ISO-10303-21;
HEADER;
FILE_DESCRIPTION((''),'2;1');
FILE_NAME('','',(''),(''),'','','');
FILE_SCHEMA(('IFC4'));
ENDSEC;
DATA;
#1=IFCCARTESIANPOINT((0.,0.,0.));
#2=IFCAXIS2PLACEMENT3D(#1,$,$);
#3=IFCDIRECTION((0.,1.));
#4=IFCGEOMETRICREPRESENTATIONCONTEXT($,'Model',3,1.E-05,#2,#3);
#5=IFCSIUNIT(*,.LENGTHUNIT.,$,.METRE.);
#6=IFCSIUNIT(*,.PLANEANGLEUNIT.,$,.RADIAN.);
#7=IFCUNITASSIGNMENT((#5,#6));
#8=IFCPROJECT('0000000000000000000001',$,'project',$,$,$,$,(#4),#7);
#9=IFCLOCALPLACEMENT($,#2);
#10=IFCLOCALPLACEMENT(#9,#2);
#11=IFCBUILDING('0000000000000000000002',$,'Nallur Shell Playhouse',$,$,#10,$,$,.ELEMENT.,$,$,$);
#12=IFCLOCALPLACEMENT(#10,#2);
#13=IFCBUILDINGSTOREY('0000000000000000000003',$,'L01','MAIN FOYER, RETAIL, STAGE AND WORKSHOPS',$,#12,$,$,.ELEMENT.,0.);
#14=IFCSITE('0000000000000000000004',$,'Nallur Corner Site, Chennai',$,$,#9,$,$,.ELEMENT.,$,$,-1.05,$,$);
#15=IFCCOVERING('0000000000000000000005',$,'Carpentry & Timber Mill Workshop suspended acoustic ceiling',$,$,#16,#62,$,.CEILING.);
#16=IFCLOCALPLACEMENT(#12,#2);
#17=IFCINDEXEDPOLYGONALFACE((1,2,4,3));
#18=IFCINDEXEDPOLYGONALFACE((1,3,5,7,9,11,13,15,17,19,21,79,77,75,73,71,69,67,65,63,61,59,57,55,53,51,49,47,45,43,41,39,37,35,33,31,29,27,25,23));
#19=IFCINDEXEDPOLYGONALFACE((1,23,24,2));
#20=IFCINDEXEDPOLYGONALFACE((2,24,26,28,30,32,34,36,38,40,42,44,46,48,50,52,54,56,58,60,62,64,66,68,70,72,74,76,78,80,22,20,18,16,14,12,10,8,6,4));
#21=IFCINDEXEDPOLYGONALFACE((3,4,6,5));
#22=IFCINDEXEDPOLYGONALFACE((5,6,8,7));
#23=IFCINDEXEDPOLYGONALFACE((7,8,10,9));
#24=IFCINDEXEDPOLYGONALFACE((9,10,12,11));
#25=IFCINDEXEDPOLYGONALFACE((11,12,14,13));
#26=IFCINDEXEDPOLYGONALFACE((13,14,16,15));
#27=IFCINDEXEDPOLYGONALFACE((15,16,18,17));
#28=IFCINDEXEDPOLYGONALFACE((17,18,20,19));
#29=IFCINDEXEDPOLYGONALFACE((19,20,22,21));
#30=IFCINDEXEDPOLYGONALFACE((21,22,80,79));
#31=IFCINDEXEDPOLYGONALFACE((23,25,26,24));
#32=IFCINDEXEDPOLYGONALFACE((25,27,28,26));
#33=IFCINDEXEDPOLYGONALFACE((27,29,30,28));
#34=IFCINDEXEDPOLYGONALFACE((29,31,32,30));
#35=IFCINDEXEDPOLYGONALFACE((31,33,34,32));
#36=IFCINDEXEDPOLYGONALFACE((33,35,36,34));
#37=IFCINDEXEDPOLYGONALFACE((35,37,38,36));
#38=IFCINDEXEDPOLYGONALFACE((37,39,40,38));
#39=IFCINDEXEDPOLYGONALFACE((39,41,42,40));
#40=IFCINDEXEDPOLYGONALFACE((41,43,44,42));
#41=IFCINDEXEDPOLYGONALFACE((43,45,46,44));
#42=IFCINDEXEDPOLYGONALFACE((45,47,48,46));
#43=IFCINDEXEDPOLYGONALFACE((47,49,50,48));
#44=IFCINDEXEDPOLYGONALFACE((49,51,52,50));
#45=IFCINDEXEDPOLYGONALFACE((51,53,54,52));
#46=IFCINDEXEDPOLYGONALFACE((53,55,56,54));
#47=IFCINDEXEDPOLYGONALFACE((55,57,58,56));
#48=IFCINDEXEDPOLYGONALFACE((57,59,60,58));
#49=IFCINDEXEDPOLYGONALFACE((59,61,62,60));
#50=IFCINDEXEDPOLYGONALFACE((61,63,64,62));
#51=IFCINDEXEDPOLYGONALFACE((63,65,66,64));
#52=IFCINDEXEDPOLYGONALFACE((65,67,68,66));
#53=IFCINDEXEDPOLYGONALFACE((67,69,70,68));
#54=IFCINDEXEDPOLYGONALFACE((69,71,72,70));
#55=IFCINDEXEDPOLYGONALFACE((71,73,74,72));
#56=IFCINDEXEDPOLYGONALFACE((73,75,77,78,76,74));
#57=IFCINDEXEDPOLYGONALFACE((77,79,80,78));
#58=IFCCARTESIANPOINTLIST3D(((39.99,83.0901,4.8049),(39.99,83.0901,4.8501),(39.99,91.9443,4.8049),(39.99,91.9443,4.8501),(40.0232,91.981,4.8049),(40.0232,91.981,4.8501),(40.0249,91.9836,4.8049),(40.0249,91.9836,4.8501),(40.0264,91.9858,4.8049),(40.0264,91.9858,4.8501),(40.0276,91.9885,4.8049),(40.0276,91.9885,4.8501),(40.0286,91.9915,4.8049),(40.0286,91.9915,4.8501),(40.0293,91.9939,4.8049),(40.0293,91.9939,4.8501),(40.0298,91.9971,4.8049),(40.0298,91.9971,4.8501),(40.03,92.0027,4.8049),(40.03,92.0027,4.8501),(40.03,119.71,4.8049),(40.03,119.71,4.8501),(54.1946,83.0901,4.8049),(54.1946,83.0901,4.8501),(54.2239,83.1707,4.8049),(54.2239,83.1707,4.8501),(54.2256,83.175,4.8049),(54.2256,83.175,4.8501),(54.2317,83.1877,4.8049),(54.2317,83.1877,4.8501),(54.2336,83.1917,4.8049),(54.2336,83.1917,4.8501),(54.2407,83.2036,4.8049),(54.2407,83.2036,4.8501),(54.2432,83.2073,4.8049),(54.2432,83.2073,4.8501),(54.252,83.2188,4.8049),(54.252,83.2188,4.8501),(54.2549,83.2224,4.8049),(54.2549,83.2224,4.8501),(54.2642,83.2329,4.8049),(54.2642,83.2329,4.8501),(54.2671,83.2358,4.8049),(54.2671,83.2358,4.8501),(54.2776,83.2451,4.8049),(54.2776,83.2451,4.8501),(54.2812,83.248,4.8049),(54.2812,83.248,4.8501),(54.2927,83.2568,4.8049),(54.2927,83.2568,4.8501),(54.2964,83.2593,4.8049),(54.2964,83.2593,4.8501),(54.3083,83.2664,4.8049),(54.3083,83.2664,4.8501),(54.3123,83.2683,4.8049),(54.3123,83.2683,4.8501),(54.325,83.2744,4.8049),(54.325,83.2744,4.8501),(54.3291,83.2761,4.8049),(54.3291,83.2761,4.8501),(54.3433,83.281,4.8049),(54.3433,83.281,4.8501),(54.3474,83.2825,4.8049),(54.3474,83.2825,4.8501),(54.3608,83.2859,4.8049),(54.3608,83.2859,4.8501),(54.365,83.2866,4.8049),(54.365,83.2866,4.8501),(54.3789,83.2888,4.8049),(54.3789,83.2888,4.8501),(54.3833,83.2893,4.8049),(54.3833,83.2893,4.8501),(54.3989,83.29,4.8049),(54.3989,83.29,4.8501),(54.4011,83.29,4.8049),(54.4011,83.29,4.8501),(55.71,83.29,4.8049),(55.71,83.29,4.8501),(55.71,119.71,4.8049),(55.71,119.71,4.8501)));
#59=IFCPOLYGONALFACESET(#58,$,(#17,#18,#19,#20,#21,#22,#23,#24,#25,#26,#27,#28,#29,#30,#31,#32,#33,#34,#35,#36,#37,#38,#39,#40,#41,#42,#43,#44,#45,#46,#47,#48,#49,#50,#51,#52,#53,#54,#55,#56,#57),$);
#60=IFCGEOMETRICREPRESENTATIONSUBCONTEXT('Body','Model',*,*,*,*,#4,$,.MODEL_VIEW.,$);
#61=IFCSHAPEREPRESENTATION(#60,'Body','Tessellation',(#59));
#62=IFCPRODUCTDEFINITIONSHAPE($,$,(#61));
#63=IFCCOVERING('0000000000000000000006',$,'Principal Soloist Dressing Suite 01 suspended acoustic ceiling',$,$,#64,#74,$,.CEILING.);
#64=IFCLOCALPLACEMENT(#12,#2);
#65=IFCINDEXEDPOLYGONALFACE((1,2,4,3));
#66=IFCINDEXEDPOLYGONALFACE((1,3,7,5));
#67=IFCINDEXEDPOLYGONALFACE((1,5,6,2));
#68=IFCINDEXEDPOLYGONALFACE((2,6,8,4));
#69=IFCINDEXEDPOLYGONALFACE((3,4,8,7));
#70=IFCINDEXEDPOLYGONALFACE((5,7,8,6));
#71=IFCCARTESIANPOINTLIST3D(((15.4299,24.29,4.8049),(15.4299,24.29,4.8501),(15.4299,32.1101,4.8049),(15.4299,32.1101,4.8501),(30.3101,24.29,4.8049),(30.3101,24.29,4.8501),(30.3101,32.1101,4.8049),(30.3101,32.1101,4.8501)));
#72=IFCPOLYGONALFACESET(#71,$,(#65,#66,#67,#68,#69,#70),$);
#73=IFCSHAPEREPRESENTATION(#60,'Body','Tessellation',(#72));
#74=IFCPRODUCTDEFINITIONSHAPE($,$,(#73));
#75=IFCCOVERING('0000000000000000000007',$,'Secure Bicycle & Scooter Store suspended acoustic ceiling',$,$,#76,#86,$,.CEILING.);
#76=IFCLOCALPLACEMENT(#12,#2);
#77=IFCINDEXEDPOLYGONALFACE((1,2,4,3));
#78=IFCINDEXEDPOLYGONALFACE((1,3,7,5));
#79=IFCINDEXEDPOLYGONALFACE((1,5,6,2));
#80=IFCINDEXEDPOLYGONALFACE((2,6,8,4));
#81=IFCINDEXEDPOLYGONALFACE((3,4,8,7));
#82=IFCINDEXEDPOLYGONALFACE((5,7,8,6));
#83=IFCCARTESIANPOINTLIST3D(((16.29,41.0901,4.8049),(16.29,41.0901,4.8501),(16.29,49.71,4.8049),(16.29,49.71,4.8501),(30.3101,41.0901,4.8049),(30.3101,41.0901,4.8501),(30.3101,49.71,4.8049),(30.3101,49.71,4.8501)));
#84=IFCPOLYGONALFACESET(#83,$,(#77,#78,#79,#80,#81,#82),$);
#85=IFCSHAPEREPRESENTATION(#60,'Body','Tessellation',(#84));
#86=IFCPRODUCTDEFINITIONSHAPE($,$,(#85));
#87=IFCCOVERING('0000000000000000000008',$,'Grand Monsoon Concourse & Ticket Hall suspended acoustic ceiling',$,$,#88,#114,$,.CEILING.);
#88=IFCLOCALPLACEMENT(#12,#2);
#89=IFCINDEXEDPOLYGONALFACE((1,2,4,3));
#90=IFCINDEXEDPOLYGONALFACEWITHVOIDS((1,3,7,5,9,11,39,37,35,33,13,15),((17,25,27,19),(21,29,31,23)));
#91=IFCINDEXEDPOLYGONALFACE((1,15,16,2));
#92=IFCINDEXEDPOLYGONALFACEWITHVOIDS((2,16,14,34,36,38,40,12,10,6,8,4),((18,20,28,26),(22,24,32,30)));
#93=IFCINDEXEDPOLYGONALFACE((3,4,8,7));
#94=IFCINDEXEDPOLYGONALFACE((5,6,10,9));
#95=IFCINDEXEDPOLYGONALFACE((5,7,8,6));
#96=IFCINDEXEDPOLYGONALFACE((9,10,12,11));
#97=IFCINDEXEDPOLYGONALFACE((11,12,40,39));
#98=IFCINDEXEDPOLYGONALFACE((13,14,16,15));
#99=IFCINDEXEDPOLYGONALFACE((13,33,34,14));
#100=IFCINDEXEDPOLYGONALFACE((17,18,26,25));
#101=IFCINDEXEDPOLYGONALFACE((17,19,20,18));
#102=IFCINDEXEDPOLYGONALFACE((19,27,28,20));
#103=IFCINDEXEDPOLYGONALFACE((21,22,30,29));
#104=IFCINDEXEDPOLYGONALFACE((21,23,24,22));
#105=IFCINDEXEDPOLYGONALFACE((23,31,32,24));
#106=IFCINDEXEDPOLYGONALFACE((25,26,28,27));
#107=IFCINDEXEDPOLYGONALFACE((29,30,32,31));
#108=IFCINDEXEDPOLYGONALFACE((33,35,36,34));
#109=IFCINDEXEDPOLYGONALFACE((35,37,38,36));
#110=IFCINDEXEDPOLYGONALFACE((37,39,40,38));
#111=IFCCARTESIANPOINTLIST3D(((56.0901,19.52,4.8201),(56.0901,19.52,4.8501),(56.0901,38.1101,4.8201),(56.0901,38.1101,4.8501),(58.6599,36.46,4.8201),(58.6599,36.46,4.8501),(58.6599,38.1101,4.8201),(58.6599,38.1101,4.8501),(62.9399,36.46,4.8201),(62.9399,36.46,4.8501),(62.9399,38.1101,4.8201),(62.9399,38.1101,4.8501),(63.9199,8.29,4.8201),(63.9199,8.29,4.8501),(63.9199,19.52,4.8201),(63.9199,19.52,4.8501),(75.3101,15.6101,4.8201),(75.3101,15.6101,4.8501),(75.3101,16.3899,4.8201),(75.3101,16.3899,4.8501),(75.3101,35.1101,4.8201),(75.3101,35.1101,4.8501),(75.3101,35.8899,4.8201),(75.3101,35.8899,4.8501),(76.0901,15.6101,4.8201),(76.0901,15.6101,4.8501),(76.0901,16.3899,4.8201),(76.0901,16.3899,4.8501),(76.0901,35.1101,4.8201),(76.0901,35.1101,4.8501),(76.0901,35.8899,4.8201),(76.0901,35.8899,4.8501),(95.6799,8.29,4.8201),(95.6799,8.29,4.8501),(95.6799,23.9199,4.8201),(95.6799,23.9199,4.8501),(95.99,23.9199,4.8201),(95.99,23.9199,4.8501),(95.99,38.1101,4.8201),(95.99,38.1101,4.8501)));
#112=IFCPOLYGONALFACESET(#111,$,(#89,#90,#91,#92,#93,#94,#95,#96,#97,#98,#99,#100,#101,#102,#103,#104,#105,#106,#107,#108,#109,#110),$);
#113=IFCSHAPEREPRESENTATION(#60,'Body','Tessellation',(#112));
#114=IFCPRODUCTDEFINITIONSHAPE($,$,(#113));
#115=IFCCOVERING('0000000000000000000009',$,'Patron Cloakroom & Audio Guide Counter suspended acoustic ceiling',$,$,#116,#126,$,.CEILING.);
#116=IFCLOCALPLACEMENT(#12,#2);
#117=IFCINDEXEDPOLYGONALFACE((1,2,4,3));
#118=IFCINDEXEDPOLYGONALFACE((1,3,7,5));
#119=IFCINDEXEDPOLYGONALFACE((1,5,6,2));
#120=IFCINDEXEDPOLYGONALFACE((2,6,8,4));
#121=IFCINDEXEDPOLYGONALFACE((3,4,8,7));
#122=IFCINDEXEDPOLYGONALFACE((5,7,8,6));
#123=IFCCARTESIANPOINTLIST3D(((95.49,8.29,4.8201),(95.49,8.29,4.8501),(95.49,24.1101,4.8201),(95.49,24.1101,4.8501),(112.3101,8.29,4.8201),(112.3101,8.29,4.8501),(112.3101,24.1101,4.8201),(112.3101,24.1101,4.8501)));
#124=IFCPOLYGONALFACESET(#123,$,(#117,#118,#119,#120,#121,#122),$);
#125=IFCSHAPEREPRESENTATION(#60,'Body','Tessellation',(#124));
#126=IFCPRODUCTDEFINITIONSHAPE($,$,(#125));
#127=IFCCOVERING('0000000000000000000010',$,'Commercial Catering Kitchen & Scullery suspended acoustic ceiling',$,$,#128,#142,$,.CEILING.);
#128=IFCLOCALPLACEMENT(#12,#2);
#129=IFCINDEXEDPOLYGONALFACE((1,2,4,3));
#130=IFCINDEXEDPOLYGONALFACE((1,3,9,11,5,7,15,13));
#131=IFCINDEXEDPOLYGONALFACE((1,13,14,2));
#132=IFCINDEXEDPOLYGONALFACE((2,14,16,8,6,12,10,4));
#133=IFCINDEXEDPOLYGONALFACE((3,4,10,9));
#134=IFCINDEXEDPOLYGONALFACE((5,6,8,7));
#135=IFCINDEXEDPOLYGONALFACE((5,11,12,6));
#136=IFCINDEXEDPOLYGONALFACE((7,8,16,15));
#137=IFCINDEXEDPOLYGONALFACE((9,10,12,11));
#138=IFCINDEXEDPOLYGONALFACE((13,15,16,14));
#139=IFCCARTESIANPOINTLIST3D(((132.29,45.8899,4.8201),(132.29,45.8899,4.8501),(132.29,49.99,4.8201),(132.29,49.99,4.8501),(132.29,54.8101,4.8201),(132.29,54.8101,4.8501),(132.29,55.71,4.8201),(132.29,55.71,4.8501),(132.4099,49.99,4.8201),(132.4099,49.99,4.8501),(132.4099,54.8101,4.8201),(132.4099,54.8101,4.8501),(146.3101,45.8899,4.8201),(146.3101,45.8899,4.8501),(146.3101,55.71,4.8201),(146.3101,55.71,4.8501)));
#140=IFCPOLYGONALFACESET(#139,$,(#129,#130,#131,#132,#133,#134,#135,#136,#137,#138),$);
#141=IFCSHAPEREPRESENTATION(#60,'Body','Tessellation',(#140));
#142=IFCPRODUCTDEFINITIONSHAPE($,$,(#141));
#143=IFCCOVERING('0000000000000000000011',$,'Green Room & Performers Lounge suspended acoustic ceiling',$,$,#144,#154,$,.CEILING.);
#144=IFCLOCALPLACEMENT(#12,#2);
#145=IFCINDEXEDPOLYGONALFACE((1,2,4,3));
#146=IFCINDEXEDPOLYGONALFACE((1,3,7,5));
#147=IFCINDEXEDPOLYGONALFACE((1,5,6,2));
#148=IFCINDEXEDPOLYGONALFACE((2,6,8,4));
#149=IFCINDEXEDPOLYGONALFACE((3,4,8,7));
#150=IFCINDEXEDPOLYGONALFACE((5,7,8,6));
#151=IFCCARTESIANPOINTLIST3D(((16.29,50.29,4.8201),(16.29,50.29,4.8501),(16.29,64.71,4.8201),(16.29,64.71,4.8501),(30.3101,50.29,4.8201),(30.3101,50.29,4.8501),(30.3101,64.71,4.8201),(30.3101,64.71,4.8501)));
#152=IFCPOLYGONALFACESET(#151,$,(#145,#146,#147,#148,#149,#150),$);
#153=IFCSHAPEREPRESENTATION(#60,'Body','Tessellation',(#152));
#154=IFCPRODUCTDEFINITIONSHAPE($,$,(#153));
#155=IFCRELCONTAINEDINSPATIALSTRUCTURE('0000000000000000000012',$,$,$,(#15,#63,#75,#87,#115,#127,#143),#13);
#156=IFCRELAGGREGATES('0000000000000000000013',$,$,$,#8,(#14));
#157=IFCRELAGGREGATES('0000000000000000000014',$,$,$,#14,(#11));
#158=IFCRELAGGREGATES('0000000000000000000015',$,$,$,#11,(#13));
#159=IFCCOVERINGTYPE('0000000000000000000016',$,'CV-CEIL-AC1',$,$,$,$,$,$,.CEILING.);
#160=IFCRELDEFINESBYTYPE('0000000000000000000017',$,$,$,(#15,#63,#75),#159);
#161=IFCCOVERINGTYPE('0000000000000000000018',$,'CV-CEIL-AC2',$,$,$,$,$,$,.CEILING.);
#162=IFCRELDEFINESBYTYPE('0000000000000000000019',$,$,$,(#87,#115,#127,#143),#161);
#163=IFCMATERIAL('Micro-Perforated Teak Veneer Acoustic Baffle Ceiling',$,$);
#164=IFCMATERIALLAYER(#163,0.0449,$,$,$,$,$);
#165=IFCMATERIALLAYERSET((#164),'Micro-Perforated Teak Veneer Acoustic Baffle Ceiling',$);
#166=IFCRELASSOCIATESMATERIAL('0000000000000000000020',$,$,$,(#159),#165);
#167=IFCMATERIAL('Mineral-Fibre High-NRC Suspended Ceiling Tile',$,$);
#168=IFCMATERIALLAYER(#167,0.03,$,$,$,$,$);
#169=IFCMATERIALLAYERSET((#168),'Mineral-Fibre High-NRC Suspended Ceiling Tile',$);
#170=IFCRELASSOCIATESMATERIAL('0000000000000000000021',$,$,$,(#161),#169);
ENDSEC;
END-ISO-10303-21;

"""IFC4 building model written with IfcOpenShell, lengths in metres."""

from ifc_helpers import new_model, si_unit, direction, frame, origin, place, context, subcontext, project, spatial, polyline, outline, extrude, material, layer, layer_set, type_object, element, save


model = new_model("IFC4")

# Units and contexts
model_context = context("Model", 3, precision=1e-05, world=origin(), true_north=direction((0.0, 1.0)))
body_context = subcontext(model_context, "Body", "Model", "MODEL_VIEW")
ifc_project = project(units=[si_unit("LENGTHUNIT", "METRE"), si_unit("PLANEANGLEUNIT", "RADIAN")], contexts=[model_context])

# Site, building, storey
site_placement = place(None, origin())
site = spatial("IfcSite", under=ifc_project, at=site_placement, Name="Nallur Corner Site, Chennai", CompositionType="ELEMENT", RefElevation=-1.05)
building_placement = place(site_placement, origin())
building = spatial("IfcBuilding", under=site, at=building_placement, Name="Nallur Shell Playhouse", CompositionType="ELEMENT")
storey_placement = place(building_placement, origin())
storey = spatial("IfcBuildingStorey", under=building, at=storey_placement, Name="L01", Description="MAIN FOYER, RETAIL, STAGE AND WORKSHOPS", CompositionType="ELEMENT", Elevation=0.0)

# Coverings
ifc_material_1 = material(Name="Micro-Perforated Teak Veneer Acoustic Baffle Ceiling")
ifc_layer_1 = layer(ifc_material_1, 0.0449)
ifc_layer_set_1 = layer_set([ifc_layer_1], Name="Micro-Perforated Teak Veneer Acoustic Baffle Ceiling")
covering_type_1 = type_object("IfcCoveringType", Name="CV-CEIL-AC1", PredefinedType="CEILING", material=ifc_layer_set_1)
covering_1_placement = place(storey_placement, frame((0.0, 0.0, 4.8049)))
element("IfcCovering", 1, at=covering_1_placement, inside=storey, type_object=covering_type_1, Name="Carpentry & Timber Mill Workshop suspended acoustic ceiling", PredefinedType="CEILING", context=body_context, shape_type="SweptSolid", body=[
    extrude(outline(polyline([(54.3291, 83.2761), (54.325, 83.2744), (54.3123, 83.2683), (54.3083, 83.2664), (54.2964, 83.2593), (54.2927, 83.2568), (54.2812, 83.248), (54.2776, 83.2451), (54.2671, 83.2358), (54.2642, 83.2329), (54.2549, 83.2224), (54.252, 83.2188), (54.2432, 83.2073), (54.2407, 83.2036), (54.2336, 83.1917), (54.2317, 83.1877), (54.2256, 83.175), (54.2239, 83.1707), (54.1946, 83.0901), (39.99, 83.0901), (39.99, 91.9443), (40.0232, 91.981), (40.0249, 91.9836), (40.0264, 91.9858), (40.0276, 91.9885), (40.0286, 91.9915), (40.0293, 91.9939), (40.0298, 91.9971), (40.03, 92.0027), (40.03, 119.71), (55.71, 119.71), (55.71, 83.29), (54.4011, 83.29), (54.3989, 83.29), (54.3833, 83.2893), (54.3789, 83.2888), (54.365, 83.2866), (54.3608, 83.2859), (54.3474, 83.2825), (54.3433, 83.281), (54.3291, 83.2761)])), origin(), (0.0, 0.0, 1.0), 0.0452),
])
covering_2_placement = place(storey_placement, frame((0.0, 0.0, 4.8049)))
element("IfcCovering", 2, at=covering_2_placement, inside=storey, type_object=covering_type_1, Name="Principal Soloist Dressing Suite 01 suspended acoustic ceiling", PredefinedType="CEILING", context=body_context, shape_type="SweptSolid", body=[
    extrude(outline(polyline([(15.4299, 24.29), (15.4299, 32.1101), (30.3101, 32.1101), (30.3101, 24.29), (15.4299, 24.29)])), origin(), (0.0, 0.0, 1.0), 0.0452),
])
covering_3_placement = place(storey_placement, frame((0.0, 0.0, 4.8049)))
element("IfcCovering", 3, at=covering_3_placement, inside=storey, type_object=covering_type_1, Name="Secure Bicycle & Scooter Store suspended acoustic ceiling", PredefinedType="CEILING", context=body_context, shape_type="SweptSolid", body=[
    extrude(outline(polyline([(30.3101, 49.71), (30.3101, 41.0901), (16.29, 41.0901), (16.29, 49.71), (30.3101, 49.71)])), origin(), (0.0, 0.0, 1.0), 0.0452),
])
ifc_material_2 = material(Name="Mineral-Fibre High-NRC Suspended Ceiling Tile")
ifc_layer_2 = layer(ifc_material_2, 0.03)
ifc_layer_set_2 = layer_set([ifc_layer_2], Name="Mineral-Fibre High-NRC Suspended Ceiling Tile")
covering_type_2 = type_object("IfcCoveringType", Name="CV-CEIL-AC2", PredefinedType="CEILING", material=ifc_layer_set_2)
covering_4_placement = place(storey_placement, frame((0.0, 0.0, 4.8201)))
element("IfcCovering", 4, at=covering_4_placement, inside=storey, type_object=covering_type_2, Name="Grand Monsoon Concourse & Ticket Hall suspended acoustic ceiling", PredefinedType="CEILING", context=body_context, shape_type="SweptSolid", body=[
    extrude(outline(polyline([(63.9199, 19.52), (56.0901, 19.52), (56.0901, 38.1101), (58.6599, 38.1101), (58.6599, 36.46), (62.9399, 36.46), (62.9399, 38.1101), (95.99, 38.1101), (95.99, 23.9199), (95.6799, 23.9199), (95.6799, 8.29), (63.9199, 8.29), (63.9199, 19.52)]), holes=[polyline([(75.3101, 16.3899), (75.3101, 15.6101), (76.0901, 15.6101), (76.0901, 16.3899), (75.3101, 16.3899)]), polyline([(75.3101, 35.8899), (75.3101, 35.1101), (76.0901, 35.1101), (76.0901, 35.8899), (75.3101, 35.8899)])]), origin(), (0.0, 0.0, 1.0), 0.03),
])
covering_5_placement = place(storey_placement, frame((0.0, 0.0, 4.8201)))
element("IfcCovering", 5, at=covering_5_placement, inside=storey, type_object=covering_type_2, Name="Patron Cloakroom & Audio Guide Counter suspended acoustic ceiling", PredefinedType="CEILING", context=body_context, shape_type="SweptSolid", body=[
    extrude(outline(polyline([(112.3101, 24.1101), (112.3101, 8.29), (95.49, 8.29), (95.49, 24.1101), (112.3101, 24.1101)])), origin(), (0.0, 0.0, 1.0), 0.03),
])
covering_6_placement = place(storey_placement, frame((0.0, 0.0, 4.8201)))
element("IfcCovering", 6, at=covering_6_placement, inside=storey, type_object=covering_type_2, Name="Commercial Catering Kitchen & Scullery suspended acoustic ceiling", PredefinedType="CEILING", context=body_context, shape_type="SweptSolid", body=[
    extrude(outline(polyline([(132.4099, 49.99), (132.4099, 54.8101), (132.29, 54.8101), (132.29, 55.71), (146.3101, 55.71), (146.3101, 45.8899), (132.29, 45.8899), (132.29, 49.99), (132.4099, 49.99)])), origin(), (0.0, 0.0, 1.0), 0.03),
])
covering_7_placement = place(storey_placement, frame((0.0, 0.0, 4.8201)))
element("IfcCovering", 7, at=covering_7_placement, inside=storey, type_object=covering_type_2, Name="Green Room & Performers Lounge suspended acoustic ceiling", PredefinedType="CEILING", context=body_context, shape_type="SweptSolid", body=[
    extrude(outline(polyline([(30.3101, 64.71), (30.3101, 50.29), (16.29, 50.29), (16.29, 64.71), (30.3101, 64.71)])), origin(), (0.0, 0.0, 1.0), 0.03),
])

save(model, "model.ifc")
